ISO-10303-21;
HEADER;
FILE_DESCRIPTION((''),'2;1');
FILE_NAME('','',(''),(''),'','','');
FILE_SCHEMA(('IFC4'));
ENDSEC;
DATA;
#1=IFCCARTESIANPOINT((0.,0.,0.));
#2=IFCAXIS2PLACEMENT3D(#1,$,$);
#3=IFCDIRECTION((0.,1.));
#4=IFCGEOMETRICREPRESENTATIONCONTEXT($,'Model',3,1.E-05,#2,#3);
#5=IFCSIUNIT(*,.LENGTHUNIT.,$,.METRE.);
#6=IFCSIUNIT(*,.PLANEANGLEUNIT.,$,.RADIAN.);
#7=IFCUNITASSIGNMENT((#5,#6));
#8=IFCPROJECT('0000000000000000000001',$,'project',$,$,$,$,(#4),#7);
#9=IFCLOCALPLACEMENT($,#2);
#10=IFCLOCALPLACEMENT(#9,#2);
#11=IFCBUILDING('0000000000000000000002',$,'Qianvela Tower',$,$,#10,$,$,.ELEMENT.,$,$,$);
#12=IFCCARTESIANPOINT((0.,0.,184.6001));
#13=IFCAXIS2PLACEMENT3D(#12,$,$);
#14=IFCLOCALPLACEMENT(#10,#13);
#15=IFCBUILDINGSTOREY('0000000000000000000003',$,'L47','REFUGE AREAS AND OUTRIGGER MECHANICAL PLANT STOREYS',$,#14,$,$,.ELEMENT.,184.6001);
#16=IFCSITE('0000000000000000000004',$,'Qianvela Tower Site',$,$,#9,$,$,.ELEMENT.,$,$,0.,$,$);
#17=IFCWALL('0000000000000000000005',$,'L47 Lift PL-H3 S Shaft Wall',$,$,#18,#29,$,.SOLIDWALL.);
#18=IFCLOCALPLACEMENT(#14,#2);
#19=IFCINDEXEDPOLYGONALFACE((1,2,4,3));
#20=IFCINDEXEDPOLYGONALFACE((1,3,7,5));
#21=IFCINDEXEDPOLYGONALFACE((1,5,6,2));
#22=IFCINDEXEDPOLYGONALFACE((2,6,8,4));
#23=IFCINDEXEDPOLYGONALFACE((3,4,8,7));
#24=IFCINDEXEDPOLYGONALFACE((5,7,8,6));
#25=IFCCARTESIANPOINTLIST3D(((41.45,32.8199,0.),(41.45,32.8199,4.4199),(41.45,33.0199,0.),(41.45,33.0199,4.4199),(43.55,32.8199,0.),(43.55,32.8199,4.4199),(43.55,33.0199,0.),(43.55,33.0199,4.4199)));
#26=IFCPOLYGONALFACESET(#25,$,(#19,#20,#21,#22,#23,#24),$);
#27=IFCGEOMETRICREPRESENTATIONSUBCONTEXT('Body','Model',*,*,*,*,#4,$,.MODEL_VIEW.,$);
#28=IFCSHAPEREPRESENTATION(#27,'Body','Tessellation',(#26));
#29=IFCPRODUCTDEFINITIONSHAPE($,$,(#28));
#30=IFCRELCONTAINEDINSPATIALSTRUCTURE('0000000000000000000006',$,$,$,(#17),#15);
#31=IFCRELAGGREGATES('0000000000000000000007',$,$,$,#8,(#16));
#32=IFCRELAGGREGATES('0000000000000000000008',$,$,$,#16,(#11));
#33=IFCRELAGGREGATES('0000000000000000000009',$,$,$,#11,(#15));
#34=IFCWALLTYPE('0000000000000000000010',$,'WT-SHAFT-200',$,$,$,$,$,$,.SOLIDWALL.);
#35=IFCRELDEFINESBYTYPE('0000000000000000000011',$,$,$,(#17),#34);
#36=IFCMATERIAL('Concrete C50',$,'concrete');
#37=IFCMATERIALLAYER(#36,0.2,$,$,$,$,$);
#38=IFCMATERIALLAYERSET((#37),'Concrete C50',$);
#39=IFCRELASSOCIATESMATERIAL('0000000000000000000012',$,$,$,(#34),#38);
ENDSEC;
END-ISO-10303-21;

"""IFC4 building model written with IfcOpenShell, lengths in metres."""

from ifc_helpers import new_model, si_unit, direction, frame, frame_2d, origin, place, context, subcontext, project, spatial, rectangle, extrude, material, layer, layer_set, type_object, element, save


model = new_model("IFC4")

# Units and contexts
model_context = context("Model", 3, precision=1e-05, world=origin(), true_north=direction((0.0, 1.0)))
body_context = subcontext(model_context, "Body", "Model", "MODEL_VIEW")
ifc_project = project(units=[si_unit("LENGTHUNIT", "METRE"), si_unit("PLANEANGLEUNIT", "RADIAN")], contexts=[model_context])

# Site, building, storey
site_placement = place(None, origin())
site = spatial("IfcSite", under=ifc_project, at=site_placement, Name="Qianvela Tower Site", CompositionType="ELEMENT", RefElevation=0.0)
building_placement = place(site_placement, origin())
building = spatial("IfcBuilding", under=site, at=building_placement, Name="Qianvela Tower", CompositionType="ELEMENT")
storey_placement = place(building_placement, frame((0.0, 0.0, 184.6001)))
storey = spatial("IfcBuildingStorey", under=building, at=storey_placement, Name="L47", Description="REFUGE AREAS AND OUTRIGGER MECHANICAL PLANT STOREYS", CompositionType="ELEMENT", Elevation=184.6001)

# Wall
ifc_material_1 = material(Name="Concrete C50", Category="concrete")
ifc_layer_1 = layer(ifc_material_1, 0.2)
ifc_layer_set_1 = layer_set([ifc_layer_1], Name="Concrete C50")
wall_type_1 = type_object("IfcWallType", Name="WT-SHAFT-200", PredefinedType="SOLIDWALL", material=ifc_layer_set_1)
for number, where, z_axis, x_axis, name in (
    (1, (41.45, 32.9199, 0.0), (0.0, 0.0, 1.0), (1.0, 0.0, 0.0), "L47 Lift PL-H3 S Shaft Wall"),
):
    element("IfcWall", number, at=place(storey_placement, frame(where, z_axis=z_axis, x_axis=x_axis)), inside=storey, type_object=wall_type_1, Name=name, PredefinedType="SOLIDWALL", context=body_context, shape_type="SweptSolid", body=[
        extrude(rectangle(XDim=2.1001, YDim=0.2, at=frame_2d((1.05, 0.0))), origin(), (0.0, 0.0, 1.0), 4.4199),
    ])

save(model, "model.ifc")
